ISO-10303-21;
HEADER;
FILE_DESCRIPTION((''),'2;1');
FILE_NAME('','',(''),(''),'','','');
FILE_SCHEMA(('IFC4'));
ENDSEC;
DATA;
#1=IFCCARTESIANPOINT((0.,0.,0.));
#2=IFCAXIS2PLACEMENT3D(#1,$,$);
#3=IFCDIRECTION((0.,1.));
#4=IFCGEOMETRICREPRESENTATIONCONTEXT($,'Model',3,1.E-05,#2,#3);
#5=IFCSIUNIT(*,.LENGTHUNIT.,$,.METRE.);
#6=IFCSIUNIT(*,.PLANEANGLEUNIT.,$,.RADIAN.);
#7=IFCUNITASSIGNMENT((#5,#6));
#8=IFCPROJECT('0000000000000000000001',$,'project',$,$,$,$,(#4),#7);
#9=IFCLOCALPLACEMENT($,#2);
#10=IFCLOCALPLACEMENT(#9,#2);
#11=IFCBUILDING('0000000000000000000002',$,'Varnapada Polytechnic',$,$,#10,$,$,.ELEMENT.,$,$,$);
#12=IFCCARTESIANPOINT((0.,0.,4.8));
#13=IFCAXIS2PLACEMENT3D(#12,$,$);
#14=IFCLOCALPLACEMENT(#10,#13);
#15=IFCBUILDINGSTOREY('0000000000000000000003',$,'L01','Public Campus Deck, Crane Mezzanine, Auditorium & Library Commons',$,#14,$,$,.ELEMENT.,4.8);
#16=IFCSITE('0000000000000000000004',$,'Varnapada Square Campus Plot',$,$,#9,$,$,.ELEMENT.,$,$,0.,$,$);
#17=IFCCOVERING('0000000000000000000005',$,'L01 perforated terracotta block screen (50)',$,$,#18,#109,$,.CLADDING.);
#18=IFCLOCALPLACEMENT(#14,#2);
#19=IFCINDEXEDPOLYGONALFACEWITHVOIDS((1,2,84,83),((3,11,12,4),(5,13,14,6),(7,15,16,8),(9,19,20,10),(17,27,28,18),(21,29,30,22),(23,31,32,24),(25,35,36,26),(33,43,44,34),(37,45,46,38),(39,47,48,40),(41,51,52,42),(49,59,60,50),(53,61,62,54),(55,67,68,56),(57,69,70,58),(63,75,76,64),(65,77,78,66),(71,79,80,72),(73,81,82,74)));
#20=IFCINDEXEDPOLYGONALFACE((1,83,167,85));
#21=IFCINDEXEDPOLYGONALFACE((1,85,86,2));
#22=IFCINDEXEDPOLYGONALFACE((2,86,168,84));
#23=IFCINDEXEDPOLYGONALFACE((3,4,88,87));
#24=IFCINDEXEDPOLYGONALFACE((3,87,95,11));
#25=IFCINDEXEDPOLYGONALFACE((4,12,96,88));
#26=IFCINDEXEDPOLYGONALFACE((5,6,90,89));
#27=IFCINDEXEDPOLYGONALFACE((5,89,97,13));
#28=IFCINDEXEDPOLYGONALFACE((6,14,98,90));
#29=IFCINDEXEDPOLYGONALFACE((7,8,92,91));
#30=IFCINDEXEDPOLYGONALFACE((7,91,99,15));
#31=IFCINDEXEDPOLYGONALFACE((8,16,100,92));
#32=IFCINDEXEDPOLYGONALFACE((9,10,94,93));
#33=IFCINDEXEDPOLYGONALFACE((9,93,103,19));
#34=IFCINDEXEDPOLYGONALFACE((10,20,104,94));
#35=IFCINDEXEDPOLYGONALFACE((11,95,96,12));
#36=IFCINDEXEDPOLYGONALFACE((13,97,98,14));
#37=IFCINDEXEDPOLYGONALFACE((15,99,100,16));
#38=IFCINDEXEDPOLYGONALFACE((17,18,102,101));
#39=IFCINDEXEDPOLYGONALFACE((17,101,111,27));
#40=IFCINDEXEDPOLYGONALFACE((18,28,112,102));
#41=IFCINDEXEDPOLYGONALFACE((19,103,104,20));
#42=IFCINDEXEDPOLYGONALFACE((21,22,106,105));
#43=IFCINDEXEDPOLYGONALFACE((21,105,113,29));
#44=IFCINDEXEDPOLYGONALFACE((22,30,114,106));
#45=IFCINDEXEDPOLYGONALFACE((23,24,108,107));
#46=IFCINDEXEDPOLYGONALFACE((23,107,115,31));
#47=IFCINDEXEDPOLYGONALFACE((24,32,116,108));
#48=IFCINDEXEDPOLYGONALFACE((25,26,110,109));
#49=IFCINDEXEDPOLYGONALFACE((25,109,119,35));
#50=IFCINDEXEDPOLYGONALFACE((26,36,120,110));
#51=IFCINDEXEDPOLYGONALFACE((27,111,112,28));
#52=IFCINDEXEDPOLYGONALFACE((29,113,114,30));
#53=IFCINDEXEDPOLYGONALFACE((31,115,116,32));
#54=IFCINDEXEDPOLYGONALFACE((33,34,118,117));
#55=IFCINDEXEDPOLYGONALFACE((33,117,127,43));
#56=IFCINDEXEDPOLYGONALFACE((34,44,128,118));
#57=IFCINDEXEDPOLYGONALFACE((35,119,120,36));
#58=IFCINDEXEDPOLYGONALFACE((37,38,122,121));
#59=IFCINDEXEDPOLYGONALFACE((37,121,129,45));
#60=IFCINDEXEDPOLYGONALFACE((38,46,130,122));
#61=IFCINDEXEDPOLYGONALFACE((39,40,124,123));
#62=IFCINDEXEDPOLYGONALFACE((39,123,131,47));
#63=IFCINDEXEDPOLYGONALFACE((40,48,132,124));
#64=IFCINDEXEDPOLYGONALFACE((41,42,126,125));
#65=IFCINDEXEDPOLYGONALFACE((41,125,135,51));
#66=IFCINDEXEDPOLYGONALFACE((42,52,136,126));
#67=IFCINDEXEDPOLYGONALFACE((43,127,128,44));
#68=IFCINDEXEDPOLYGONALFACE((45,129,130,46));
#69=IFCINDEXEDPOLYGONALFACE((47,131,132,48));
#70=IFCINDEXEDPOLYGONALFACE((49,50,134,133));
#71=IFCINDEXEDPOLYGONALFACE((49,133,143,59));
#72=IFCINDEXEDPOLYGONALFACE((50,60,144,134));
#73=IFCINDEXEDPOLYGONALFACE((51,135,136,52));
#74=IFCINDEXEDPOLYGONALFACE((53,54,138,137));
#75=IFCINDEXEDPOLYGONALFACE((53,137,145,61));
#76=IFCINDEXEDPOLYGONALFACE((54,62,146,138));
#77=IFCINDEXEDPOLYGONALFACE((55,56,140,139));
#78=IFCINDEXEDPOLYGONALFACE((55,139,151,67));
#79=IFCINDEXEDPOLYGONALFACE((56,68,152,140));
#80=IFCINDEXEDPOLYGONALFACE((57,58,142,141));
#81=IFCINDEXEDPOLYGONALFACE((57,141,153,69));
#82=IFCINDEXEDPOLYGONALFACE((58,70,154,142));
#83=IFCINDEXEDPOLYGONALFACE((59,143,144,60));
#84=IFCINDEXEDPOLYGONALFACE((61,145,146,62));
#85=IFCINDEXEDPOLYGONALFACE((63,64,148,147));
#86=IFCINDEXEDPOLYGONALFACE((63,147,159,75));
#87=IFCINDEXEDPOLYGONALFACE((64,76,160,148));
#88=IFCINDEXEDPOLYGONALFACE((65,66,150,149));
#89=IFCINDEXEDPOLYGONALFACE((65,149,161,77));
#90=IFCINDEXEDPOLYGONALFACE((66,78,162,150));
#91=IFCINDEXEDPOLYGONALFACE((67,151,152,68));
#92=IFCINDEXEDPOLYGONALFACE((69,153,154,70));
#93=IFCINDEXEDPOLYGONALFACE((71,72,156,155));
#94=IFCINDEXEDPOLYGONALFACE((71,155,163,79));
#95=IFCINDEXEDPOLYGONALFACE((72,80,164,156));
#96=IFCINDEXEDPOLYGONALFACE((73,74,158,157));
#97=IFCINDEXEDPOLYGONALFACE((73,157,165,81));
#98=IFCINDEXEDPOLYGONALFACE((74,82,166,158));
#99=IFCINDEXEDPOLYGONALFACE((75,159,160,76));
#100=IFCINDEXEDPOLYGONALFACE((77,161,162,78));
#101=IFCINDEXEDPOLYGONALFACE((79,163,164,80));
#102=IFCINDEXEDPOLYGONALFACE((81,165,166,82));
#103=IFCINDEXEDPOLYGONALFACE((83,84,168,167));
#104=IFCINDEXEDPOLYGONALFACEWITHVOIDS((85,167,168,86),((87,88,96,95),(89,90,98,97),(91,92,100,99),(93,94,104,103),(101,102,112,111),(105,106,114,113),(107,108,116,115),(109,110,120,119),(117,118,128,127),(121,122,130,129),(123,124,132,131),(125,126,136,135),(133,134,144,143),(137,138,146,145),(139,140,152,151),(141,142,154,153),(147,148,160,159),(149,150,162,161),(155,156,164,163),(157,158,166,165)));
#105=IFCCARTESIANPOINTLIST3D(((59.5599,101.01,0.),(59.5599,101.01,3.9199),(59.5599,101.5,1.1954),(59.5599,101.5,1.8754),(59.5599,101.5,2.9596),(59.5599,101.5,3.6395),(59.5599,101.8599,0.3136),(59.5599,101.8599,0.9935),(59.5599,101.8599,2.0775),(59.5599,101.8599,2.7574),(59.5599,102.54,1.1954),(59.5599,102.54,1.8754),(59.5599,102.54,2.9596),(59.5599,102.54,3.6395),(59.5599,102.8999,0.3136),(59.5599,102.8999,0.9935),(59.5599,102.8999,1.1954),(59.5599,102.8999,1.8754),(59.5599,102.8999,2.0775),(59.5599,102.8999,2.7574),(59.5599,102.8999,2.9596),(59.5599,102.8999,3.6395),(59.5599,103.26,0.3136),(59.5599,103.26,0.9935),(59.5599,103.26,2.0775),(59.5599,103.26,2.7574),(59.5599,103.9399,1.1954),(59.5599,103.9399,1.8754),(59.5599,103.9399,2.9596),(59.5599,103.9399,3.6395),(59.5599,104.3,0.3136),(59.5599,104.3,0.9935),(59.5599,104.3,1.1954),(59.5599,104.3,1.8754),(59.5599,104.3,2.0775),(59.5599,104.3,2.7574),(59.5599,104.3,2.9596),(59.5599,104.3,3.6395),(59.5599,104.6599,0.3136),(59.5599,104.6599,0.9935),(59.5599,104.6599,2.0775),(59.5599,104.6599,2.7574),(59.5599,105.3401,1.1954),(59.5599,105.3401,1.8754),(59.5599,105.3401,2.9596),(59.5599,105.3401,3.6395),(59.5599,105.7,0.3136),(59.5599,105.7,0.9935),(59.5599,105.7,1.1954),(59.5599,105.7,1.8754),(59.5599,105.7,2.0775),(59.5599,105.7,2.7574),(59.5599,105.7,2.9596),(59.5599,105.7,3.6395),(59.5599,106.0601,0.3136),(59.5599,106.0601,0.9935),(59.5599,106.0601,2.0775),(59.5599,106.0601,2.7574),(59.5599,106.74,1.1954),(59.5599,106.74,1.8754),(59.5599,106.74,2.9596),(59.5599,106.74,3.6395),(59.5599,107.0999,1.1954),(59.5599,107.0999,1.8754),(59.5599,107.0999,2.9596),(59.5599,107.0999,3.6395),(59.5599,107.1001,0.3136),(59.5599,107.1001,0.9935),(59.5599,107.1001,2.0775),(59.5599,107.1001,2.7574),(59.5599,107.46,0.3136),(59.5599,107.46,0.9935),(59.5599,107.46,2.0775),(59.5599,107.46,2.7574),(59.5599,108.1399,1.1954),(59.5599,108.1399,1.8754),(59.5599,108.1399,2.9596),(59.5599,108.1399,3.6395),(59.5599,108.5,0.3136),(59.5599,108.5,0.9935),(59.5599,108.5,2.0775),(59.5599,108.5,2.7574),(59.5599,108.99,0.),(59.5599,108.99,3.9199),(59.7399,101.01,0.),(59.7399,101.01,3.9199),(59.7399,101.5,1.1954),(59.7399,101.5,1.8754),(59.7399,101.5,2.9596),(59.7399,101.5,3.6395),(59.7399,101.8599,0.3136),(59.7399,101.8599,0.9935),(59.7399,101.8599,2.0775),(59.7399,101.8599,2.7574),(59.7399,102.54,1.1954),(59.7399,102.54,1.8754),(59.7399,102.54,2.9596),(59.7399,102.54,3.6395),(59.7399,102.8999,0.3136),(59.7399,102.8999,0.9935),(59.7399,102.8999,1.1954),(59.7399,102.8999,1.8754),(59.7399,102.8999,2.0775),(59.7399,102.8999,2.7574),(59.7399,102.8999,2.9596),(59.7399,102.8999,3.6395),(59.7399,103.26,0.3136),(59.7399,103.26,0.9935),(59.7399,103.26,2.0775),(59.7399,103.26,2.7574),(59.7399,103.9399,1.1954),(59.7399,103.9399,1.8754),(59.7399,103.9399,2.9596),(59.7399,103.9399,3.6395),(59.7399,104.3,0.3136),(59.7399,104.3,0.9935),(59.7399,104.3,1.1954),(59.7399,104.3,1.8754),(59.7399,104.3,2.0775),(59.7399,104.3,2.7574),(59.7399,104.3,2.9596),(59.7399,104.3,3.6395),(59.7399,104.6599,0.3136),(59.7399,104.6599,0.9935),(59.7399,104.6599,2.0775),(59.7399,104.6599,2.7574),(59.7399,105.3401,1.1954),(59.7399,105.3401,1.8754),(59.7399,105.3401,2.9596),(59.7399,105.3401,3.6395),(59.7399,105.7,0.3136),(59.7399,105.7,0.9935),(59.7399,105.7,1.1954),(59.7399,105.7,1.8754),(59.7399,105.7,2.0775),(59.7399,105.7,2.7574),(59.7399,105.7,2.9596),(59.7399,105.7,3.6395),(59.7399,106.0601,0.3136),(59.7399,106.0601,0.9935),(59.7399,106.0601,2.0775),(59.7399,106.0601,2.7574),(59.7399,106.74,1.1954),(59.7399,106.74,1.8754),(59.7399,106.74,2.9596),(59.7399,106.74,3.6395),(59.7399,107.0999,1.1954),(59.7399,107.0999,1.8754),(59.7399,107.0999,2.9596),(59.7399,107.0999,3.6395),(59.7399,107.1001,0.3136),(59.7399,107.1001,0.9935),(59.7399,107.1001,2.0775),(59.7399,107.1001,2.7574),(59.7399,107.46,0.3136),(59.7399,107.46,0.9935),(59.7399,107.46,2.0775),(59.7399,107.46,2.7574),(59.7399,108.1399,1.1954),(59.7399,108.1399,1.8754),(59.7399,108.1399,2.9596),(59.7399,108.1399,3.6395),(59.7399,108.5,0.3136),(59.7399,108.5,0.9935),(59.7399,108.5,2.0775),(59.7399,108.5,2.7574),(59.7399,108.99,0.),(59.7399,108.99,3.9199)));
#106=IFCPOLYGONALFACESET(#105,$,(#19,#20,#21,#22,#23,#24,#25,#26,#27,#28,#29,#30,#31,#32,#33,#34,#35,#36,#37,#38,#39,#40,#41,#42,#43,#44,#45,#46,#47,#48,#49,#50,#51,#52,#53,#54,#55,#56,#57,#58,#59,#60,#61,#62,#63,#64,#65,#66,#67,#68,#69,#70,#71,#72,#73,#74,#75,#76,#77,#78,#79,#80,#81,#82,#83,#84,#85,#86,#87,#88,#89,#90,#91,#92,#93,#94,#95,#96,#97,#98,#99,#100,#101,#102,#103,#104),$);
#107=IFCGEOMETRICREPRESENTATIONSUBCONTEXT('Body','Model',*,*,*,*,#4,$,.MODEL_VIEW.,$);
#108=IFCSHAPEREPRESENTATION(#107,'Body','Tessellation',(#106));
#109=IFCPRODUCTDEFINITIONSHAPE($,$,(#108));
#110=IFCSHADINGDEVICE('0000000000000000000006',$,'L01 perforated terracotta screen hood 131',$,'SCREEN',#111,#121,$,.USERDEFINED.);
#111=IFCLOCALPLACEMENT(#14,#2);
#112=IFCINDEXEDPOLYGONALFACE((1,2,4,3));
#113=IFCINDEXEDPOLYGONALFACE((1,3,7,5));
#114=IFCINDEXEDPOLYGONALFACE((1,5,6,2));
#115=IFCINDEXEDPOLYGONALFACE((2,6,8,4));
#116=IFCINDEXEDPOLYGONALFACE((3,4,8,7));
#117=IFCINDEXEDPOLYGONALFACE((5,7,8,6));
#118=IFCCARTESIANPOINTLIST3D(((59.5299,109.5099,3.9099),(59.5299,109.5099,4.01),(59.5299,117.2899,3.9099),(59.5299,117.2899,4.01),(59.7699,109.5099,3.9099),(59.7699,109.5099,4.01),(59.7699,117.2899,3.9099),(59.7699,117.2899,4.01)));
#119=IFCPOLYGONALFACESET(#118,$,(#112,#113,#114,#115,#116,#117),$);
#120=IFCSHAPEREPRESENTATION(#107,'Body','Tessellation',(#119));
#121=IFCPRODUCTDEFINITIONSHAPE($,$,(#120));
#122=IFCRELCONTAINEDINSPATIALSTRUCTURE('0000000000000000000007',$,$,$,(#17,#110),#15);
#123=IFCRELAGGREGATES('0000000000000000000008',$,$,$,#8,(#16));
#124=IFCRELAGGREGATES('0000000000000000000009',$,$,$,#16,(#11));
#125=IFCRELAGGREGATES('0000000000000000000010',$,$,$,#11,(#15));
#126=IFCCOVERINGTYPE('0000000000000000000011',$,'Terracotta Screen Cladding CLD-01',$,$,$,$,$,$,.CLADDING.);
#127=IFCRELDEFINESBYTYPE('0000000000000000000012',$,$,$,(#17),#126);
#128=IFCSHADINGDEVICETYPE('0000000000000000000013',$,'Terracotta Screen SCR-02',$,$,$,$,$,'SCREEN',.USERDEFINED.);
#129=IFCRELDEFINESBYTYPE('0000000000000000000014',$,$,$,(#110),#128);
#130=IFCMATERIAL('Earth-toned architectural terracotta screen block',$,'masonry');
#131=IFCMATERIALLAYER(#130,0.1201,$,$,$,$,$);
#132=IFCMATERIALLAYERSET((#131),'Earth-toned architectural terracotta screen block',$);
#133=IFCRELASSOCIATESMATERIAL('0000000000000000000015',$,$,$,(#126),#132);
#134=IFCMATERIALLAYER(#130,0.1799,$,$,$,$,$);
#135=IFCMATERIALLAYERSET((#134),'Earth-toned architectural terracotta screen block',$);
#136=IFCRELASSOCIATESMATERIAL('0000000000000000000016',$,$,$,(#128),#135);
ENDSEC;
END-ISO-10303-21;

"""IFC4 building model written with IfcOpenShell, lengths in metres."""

from ifc_helpers import new_model, si_unit, direction, frame, frame_2d, origin, origin_2d, place, context, subcontext, project, spatial, rectangle, extrude, material, layer, layer_set, type_object, element, save


model = new_model("IFC4")

# Units and contexts
model_context = context("Model", 3, precision=1e-05, world=origin(), true_north=direction((0.0, 1.0)))
body_context = subcontext(model_context, "Body", "Model", "MODEL_VIEW")
ifc_project = project(units=[si_unit("LENGTHUNIT", "METRE"), si_unit("PLANEANGLEUNIT", "RADIAN")], contexts=[model_context])

# Site, building, storey
site_placement = place(None, origin())
site = spatial("IfcSite", under=ifc_project, at=site_placement, Name="Varnapada Square Campus Plot", CompositionType="ELEMENT", RefElevation=0.0)
building_placement = place(site_placement, origin())
building = spatial("IfcBuilding", under=site, at=building_placement, Name="Varnapada Polytechnic", CompositionType="ELEMENT")
storey_placement = place(building_placement, frame((0.0, 0.0, 4.8)))
storey = spatial("IfcBuildingStorey", under=building, at=storey_placement, Name="L01", Description="Public Campus Deck, Crane Mezzanine, Auditorium & Library Commons", CompositionType="ELEMENT", Elevation=4.8)

# Covering, openings
ifc_material_1 = material(Name="Earth-toned architectural terracotta screen block", Category="masonry")
ifc_layer_1 = layer(ifc_material_1, 0.1201)
ifc_layer_set_1 = layer_set([ifc_layer_1], Name="Earth-toned architectural terracotta screen block")
covering_type = type_object("IfcCoveringType", Name="Terracotta Screen Cladding CLD-01", PredefinedType="CLADDING", material=ifc_layer_set_1)
covering_placement = place(storey_placement, frame((59.6499, 108.99, 0.0), z_axis=(0.0, 0.0, 1.0), x_axis=(0.0, -1.0, 0.0)))
covering = element("IfcCovering", 1, at=covering_placement, inside=storey, type_object=covering_type, Name="L01 perforated terracotta block screen (50)", PredefinedType="CLADDING", context=body_context, shape_type="SweptSolid", body=[
    extrude(rectangle(XDim=7.98, YDim=0.1799, at=frame_2d((3.99, 0.0))), origin(), (0.0, 0.0, 1.0), 3.9199),
])
opening_1_placement = place(covering_placement, frame((0.49, 0.0, 0.3137)))
element("IfcOpeningElement", 2, at=opening_1_placement, cuts=covering, PredefinedType="OPENING", context=body_context, shape_type="SweptSolid", body=[
    extrude(rectangle(XDim=1.04, YDim=0.6799, at=frame_2d((0.52, 0.3398))), frame((0.0, 0.0999, 0.0), z_axis=(0.0, -1.0, 0.0), x_axis=(1.0, 0.0, 0.0)), (0.0, 0.0, 1.0), 0.2),
])
opening_2_placement = place(covering_placement, frame((1.8899, 0.0, 0.3137)))
element("IfcOpeningElement", 3, at=opening_2_placement, cuts=covering, PredefinedType="OPENING", context=body_context, shape_type="SweptSolid", body=[
    extrude(rectangle(XDim=1.04, YDim=0.6799, at=frame_2d((0.52, 0.3398))), frame((0.0, 0.0999, 0.0), z_axis=(0.0, -1.0, 0.0), x_axis=(1.0, 0.0, 0.0)), (0.0, 0.0, 1.0), 0.2),
])
opening_3_placement = place(covering_placement, frame((3.29, 0.0, 0.3137)))
element("IfcOpeningElement", 4, at=opening_3_placement, cuts=covering, PredefinedType="OPENING", context=body_context, shape_type="SweptSolid", body=[
    extrude(rectangle(XDim=1.04, YDim=0.6799, at=frame_2d((0.52, 0.3398))), frame((0.0, 0.0999, 0.0), z_axis=(0.0, -1.0, 0.0), x_axis=(1.0, 0.0, 0.0)), (0.0, 0.0, 1.0), 0.2),
])
opening_4_placement = place(covering_placement, frame((4.6899, 0.0, 0.3137)))
element("IfcOpeningElement", 5, at=opening_4_placement, cuts=covering, PredefinedType="OPENING", context=body_context, shape_type="SweptSolid", body=[
    extrude(rectangle(XDim=1.04, YDim=0.6799, at=frame_2d((0.52, 0.3398))), frame((0.0, 0.0999, 0.0), z_axis=(0.0, -1.0, 0.0), x_axis=(1.0, 0.0, 0.0)), (0.0, 0.0, 1.0), 0.2),
])
opening_5_placement = place(covering_placement, frame((6.0901, 0.0, 0.3137)))
element("IfcOpeningElement", 6, at=opening_5_placement, cuts=covering, PredefinedType="OPENING", context=body_context, shape_type="SweptSolid", body=[
    extrude(rectangle(XDim=1.04, YDim=0.6799, at=frame_2d((0.52, 0.3398))), frame((0.0, 0.0999, 0.0), z_axis=(0.0, -1.0, 0.0), x_axis=(1.0, 0.0, 0.0)), (0.0, 0.0, 1.0), 0.2),
])
opening_6_placement = place(covering_placement, frame((0.8501, 0.0, 1.1956)))
element("IfcOpeningElement", 7, at=opening_6_placement, cuts=covering, PredefinedType="OPENING", context=body_context, shape_type="SweptSolid", body=[
    extrude(rectangle(XDim=1.04, YDim=0.6799, at=frame_2d((0.52, 0.3398))), frame((0.0, 0.0999, 0.0), z_axis=(0.0, -1.0, 0.0), x_axis=(1.0, 0.0, 0.0)), (0.0, 0.0, 1.0), 0.2),
])
opening_7_placement = place(covering_placement, frame((2.25, 0.0, 1.1956)))
element("IfcOpeningElement", 8, at=opening_7_placement, cuts=covering, PredefinedType="OPENING", context=body_context, shape_type="SweptSolid", body=[
    extrude(rectangle(XDim=1.04, YDim=0.6799, at=frame_2d((0.52, 0.3398))), frame((0.0, 0.0999, 0.0), z_axis=(0.0, -1.0, 0.0), x_axis=(1.0, 0.0, 0.0)), (0.0, 0.0, 1.0), 0.2),
])
opening_8_placement = place(covering_placement, frame((3.6499, 0.0, 1.1956)))
element("IfcOpeningElement", 9, at=opening_8_placement, cuts=covering, PredefinedType="OPENING", context=body_context, shape_type="SweptSolid", body=[
    extrude(rectangle(XDim=1.04, YDim=0.6799, at=frame_2d((0.52, 0.3398))), frame((0.0, 0.0999, 0.0), z_axis=(0.0, -1.0, 0.0), x_axis=(1.0, 0.0, 0.0)), (0.0, 0.0, 1.0), 0.2),
])
opening_9_placement = place(covering_placement, frame((5.05, 0.0, 1.1956)))
element("IfcOpeningElement", 10, at=opening_9_placement, cuts=covering, PredefinedType="OPENING", context=body_context, shape_type="SweptSolid", body=[
    extrude(rectangle(XDim=1.04, YDim=0.6799, at=frame_2d((0.52, 0.3398))), frame((0.0, 0.0999, 0.0), z_axis=(0.0, -1.0, 0.0), x_axis=(1.0, 0.0, 0.0)), (0.0, 0.0, 1.0), 0.2),
])
opening_10_placement = place(covering_placement, frame((6.45, 0.0, 1.1956)))
element("IfcOpeningElement", 11, at=opening_10_placement, cuts=covering, PredefinedType="OPENING", context=body_context, shape_type="SweptSolid", body=[
    extrude(rectangle(XDim=1.04, YDim=0.6799, at=frame_2d((0.52, 0.3398))), frame((0.0, 0.0999, 0.0), z_axis=(0.0, -1.0, 0.0), x_axis=(1.0, 0.0, 0.0)), (0.0, 0.0, 1.0), 0.2),
])
opening_11_placement = place(covering_placement, frame((0.49, 0.0, 2.0776)))
element("IfcOpeningElement", 12, at=opening_11_placement, cuts=covering, PredefinedType="OPENING", context=body_context, shape_type="SweptSolid", body=[
    extrude(rectangle(XDim=1.04, YDim=0.6799, at=frame_2d((0.52, 0.3398))), frame((0.0, 0.0999, 0.0), z_axis=(0.0, -1.0, 0.0), x_axis=(1.0, 0.0, 0.0)), (0.0, 0.0, 1.0), 0.2),
])
opening_12_placement = place(covering_placement, frame((1.8899, 0.0, 2.0776)))
element("IfcOpeningElement", 13, at=opening_12_placement, cuts=covering, PredefinedType="OPENING", context=body_context, shape_type="SweptSolid", body=[
    extrude(rectangle(XDim=1.04, YDim=0.6799, at=frame_2d((0.52, 0.3398))), frame((0.0, 0.0999, 0.0), z_axis=(0.0, -1.0, 0.0), x_axis=(1.0, 0.0, 0.0)), (0.0, 0.0, 1.0), 0.2),
])
opening_13_placement = place(covering_placement, frame((3.29, 0.0, 2.0776)))
element("IfcOpeningElement", 14, at=opening_13_placement, cuts=covering, PredefinedType="OPENING", context=body_context, shape_type="SweptSolid", body=[
    extrude(rectangle(XDim=1.04, YDim=0.6799, at=frame_2d((0.52, 0.3398))), frame((0.0, 0.0999, 0.0), z_axis=(0.0, -1.0, 0.0), x_axis=(1.0, 0.0, 0.0)), (0.0, 0.0, 1.0), 0.2),
])
opening_14_placement = place(covering_placement, frame((4.6899, 0.0, 2.0776)))
element("IfcOpeningElement", 15, at=opening_14_placement, cuts=covering, PredefinedType="OPENING", context=body_context, shape_type="SweptSolid", body=[
    extrude(rectangle(XDim=1.04, YDim=0.6799, at=frame_2d((0.52, 0.3398))), frame((0.0, 0.0999, 0.0), z_axis=(0.0, -1.0, 0.0), x_axis=(1.0, 0.0, 0.0)), (0.0, 0.0, 1.0), 0.2),
])
opening_15_placement = place(covering_placement, frame((6.0901, 0.0, 2.0776)))
element("IfcOpeningElement", 16, at=opening_15_placement, cuts=covering, PredefinedType="OPENING", context=body_context, shape_type="SweptSolid", body=[
    extrude(rectangle(XDim=1.04, YDim=0.6799, at=frame_2d((0.52, 0.3398))), frame((0.0, 0.0999, 0.0), z_axis=(0.0, -1.0, 0.0), x_axis=(1.0, 0.0, 0.0)), (0.0, 0.0, 1.0), 0.2),
])
opening_16_placement = place(covering_placement, frame((0.8501, 0.0, 2.9597)))
element("IfcOpeningElement", 17, at=opening_16_placement, cuts=covering, PredefinedType="OPENING", context=body_context, shape_type="SweptSolid", body=[
    extrude(rectangle(XDim=1.04, YDim=0.6799, at=frame_2d((0.52, 0.3398))), frame((0.0, 0.0999, 0.0), z_axis=(0.0, -1.0, 0.0), x_axis=(1.0, 0.0, 0.0)), (0.0, 0.0, 1.0), 0.2),
])
opening_17_placement = place(covering_placement, frame((2.25, 0.0, 2.9597)))
element("IfcOpeningElement", 18, at=opening_17_placement, cuts=covering, PredefinedType="OPENING", context=body_context, shape_type="SweptSolid", body=[
    extrude(rectangle(XDim=1.04, YDim=0.6799, at=frame_2d((0.52, 0.3398))), frame((0.0, 0.0999, 0.0), z_axis=(0.0, -1.0, 0.0), x_axis=(1.0, 0.0, 0.0)), (0.0, 0.0, 1.0), 0.2),
])
opening_18_placement = place(covering_placement, frame((3.6499, 0.0, 2.9597)))
element("IfcOpeningElement", 19, at=opening_18_placement, cuts=covering, PredefinedType="OPENING", context=body_context, shape_type="SweptSolid", body=[
    extrude(rectangle(XDim=1.04, YDim=0.6799, at=frame_2d((0.52, 0.3398))), frame((0.0, 0.0999, 0.0), z_axis=(0.0, -1.0, 0.0), x_axis=(1.0, 0.0, 0.0)), (0.0, 0.0, 1.0), 0.2),
])
opening_19_placement = place(covering_placement, frame((5.05, 0.0, 2.9597)))
element("IfcOpeningElement", 20, at=opening_19_placement, cuts=covering, PredefinedType="OPENING", context=body_context, shape_type="SweptSolid", body=[
    extrude(rectangle(XDim=1.04, YDim=0.6799, at=frame_2d((0.52, 0.3398))), frame((0.0, 0.0999, 0.0), z_axis=(0.0, -1.0, 0.0), x_axis=(1.0, 0.0, 0.0)), (0.0, 0.0, 1.0), 0.2),
])
opening_20_placement = place(covering_placement, frame((6.45, 0.0, 2.9597)))
element("IfcOpeningElement", 21, at=opening_20_placement, cuts=covering, PredefinedType="OPENING", context=body_context, shape_type="SweptSolid", body=[
    extrude(rectangle(XDim=1.04, YDim=0.6799, at=frame_2d((0.52, 0.3398))), frame((0.0, 0.0999, 0.0), z_axis=(0.0, -1.0, 0.0), x_axis=(1.0, 0.0, 0.0)), (0.0, 0.0, 1.0), 0.2),
])

# Shading device
ifc_layer_2 = layer(ifc_material_1, 0.1799)
ifc_layer_set_2 = layer_set([ifc_layer_2], Name="Earth-toned architectural terracotta screen block")
shading_device_type = type_object("IfcShadingDeviceType", Name="Terracotta Screen SCR-02", ElementType="SCREEN", PredefinedType="USERDEFINED", material=ifc_layer_set_2)
for number, where, z_axis, x_axis, name in (
    (22, (59.6499, 113.3999, 3.9099), (0.0, 0.0, 1.0), (0.0, -1.0, 0.0), "L01 perforated terracotta screen hood 131"),
):
    element("IfcShadingDevice", number, at=place(storey_placement, frame(where, z_axis=z_axis, x_axis=x_axis)), inside=storey, type_object=shading_device_type, Name=name, ObjectType="SCREEN", PredefinedType="USERDEFINED", context=body_context, shape_type="SweptSolid", body=[
        extrude(rectangle(XDim=7.78, YDim=0.24, at=origin_2d()), origin(), (0.0, 0.0, 1.0), 0.1001),
    ])

save(model, "model.ifc")
